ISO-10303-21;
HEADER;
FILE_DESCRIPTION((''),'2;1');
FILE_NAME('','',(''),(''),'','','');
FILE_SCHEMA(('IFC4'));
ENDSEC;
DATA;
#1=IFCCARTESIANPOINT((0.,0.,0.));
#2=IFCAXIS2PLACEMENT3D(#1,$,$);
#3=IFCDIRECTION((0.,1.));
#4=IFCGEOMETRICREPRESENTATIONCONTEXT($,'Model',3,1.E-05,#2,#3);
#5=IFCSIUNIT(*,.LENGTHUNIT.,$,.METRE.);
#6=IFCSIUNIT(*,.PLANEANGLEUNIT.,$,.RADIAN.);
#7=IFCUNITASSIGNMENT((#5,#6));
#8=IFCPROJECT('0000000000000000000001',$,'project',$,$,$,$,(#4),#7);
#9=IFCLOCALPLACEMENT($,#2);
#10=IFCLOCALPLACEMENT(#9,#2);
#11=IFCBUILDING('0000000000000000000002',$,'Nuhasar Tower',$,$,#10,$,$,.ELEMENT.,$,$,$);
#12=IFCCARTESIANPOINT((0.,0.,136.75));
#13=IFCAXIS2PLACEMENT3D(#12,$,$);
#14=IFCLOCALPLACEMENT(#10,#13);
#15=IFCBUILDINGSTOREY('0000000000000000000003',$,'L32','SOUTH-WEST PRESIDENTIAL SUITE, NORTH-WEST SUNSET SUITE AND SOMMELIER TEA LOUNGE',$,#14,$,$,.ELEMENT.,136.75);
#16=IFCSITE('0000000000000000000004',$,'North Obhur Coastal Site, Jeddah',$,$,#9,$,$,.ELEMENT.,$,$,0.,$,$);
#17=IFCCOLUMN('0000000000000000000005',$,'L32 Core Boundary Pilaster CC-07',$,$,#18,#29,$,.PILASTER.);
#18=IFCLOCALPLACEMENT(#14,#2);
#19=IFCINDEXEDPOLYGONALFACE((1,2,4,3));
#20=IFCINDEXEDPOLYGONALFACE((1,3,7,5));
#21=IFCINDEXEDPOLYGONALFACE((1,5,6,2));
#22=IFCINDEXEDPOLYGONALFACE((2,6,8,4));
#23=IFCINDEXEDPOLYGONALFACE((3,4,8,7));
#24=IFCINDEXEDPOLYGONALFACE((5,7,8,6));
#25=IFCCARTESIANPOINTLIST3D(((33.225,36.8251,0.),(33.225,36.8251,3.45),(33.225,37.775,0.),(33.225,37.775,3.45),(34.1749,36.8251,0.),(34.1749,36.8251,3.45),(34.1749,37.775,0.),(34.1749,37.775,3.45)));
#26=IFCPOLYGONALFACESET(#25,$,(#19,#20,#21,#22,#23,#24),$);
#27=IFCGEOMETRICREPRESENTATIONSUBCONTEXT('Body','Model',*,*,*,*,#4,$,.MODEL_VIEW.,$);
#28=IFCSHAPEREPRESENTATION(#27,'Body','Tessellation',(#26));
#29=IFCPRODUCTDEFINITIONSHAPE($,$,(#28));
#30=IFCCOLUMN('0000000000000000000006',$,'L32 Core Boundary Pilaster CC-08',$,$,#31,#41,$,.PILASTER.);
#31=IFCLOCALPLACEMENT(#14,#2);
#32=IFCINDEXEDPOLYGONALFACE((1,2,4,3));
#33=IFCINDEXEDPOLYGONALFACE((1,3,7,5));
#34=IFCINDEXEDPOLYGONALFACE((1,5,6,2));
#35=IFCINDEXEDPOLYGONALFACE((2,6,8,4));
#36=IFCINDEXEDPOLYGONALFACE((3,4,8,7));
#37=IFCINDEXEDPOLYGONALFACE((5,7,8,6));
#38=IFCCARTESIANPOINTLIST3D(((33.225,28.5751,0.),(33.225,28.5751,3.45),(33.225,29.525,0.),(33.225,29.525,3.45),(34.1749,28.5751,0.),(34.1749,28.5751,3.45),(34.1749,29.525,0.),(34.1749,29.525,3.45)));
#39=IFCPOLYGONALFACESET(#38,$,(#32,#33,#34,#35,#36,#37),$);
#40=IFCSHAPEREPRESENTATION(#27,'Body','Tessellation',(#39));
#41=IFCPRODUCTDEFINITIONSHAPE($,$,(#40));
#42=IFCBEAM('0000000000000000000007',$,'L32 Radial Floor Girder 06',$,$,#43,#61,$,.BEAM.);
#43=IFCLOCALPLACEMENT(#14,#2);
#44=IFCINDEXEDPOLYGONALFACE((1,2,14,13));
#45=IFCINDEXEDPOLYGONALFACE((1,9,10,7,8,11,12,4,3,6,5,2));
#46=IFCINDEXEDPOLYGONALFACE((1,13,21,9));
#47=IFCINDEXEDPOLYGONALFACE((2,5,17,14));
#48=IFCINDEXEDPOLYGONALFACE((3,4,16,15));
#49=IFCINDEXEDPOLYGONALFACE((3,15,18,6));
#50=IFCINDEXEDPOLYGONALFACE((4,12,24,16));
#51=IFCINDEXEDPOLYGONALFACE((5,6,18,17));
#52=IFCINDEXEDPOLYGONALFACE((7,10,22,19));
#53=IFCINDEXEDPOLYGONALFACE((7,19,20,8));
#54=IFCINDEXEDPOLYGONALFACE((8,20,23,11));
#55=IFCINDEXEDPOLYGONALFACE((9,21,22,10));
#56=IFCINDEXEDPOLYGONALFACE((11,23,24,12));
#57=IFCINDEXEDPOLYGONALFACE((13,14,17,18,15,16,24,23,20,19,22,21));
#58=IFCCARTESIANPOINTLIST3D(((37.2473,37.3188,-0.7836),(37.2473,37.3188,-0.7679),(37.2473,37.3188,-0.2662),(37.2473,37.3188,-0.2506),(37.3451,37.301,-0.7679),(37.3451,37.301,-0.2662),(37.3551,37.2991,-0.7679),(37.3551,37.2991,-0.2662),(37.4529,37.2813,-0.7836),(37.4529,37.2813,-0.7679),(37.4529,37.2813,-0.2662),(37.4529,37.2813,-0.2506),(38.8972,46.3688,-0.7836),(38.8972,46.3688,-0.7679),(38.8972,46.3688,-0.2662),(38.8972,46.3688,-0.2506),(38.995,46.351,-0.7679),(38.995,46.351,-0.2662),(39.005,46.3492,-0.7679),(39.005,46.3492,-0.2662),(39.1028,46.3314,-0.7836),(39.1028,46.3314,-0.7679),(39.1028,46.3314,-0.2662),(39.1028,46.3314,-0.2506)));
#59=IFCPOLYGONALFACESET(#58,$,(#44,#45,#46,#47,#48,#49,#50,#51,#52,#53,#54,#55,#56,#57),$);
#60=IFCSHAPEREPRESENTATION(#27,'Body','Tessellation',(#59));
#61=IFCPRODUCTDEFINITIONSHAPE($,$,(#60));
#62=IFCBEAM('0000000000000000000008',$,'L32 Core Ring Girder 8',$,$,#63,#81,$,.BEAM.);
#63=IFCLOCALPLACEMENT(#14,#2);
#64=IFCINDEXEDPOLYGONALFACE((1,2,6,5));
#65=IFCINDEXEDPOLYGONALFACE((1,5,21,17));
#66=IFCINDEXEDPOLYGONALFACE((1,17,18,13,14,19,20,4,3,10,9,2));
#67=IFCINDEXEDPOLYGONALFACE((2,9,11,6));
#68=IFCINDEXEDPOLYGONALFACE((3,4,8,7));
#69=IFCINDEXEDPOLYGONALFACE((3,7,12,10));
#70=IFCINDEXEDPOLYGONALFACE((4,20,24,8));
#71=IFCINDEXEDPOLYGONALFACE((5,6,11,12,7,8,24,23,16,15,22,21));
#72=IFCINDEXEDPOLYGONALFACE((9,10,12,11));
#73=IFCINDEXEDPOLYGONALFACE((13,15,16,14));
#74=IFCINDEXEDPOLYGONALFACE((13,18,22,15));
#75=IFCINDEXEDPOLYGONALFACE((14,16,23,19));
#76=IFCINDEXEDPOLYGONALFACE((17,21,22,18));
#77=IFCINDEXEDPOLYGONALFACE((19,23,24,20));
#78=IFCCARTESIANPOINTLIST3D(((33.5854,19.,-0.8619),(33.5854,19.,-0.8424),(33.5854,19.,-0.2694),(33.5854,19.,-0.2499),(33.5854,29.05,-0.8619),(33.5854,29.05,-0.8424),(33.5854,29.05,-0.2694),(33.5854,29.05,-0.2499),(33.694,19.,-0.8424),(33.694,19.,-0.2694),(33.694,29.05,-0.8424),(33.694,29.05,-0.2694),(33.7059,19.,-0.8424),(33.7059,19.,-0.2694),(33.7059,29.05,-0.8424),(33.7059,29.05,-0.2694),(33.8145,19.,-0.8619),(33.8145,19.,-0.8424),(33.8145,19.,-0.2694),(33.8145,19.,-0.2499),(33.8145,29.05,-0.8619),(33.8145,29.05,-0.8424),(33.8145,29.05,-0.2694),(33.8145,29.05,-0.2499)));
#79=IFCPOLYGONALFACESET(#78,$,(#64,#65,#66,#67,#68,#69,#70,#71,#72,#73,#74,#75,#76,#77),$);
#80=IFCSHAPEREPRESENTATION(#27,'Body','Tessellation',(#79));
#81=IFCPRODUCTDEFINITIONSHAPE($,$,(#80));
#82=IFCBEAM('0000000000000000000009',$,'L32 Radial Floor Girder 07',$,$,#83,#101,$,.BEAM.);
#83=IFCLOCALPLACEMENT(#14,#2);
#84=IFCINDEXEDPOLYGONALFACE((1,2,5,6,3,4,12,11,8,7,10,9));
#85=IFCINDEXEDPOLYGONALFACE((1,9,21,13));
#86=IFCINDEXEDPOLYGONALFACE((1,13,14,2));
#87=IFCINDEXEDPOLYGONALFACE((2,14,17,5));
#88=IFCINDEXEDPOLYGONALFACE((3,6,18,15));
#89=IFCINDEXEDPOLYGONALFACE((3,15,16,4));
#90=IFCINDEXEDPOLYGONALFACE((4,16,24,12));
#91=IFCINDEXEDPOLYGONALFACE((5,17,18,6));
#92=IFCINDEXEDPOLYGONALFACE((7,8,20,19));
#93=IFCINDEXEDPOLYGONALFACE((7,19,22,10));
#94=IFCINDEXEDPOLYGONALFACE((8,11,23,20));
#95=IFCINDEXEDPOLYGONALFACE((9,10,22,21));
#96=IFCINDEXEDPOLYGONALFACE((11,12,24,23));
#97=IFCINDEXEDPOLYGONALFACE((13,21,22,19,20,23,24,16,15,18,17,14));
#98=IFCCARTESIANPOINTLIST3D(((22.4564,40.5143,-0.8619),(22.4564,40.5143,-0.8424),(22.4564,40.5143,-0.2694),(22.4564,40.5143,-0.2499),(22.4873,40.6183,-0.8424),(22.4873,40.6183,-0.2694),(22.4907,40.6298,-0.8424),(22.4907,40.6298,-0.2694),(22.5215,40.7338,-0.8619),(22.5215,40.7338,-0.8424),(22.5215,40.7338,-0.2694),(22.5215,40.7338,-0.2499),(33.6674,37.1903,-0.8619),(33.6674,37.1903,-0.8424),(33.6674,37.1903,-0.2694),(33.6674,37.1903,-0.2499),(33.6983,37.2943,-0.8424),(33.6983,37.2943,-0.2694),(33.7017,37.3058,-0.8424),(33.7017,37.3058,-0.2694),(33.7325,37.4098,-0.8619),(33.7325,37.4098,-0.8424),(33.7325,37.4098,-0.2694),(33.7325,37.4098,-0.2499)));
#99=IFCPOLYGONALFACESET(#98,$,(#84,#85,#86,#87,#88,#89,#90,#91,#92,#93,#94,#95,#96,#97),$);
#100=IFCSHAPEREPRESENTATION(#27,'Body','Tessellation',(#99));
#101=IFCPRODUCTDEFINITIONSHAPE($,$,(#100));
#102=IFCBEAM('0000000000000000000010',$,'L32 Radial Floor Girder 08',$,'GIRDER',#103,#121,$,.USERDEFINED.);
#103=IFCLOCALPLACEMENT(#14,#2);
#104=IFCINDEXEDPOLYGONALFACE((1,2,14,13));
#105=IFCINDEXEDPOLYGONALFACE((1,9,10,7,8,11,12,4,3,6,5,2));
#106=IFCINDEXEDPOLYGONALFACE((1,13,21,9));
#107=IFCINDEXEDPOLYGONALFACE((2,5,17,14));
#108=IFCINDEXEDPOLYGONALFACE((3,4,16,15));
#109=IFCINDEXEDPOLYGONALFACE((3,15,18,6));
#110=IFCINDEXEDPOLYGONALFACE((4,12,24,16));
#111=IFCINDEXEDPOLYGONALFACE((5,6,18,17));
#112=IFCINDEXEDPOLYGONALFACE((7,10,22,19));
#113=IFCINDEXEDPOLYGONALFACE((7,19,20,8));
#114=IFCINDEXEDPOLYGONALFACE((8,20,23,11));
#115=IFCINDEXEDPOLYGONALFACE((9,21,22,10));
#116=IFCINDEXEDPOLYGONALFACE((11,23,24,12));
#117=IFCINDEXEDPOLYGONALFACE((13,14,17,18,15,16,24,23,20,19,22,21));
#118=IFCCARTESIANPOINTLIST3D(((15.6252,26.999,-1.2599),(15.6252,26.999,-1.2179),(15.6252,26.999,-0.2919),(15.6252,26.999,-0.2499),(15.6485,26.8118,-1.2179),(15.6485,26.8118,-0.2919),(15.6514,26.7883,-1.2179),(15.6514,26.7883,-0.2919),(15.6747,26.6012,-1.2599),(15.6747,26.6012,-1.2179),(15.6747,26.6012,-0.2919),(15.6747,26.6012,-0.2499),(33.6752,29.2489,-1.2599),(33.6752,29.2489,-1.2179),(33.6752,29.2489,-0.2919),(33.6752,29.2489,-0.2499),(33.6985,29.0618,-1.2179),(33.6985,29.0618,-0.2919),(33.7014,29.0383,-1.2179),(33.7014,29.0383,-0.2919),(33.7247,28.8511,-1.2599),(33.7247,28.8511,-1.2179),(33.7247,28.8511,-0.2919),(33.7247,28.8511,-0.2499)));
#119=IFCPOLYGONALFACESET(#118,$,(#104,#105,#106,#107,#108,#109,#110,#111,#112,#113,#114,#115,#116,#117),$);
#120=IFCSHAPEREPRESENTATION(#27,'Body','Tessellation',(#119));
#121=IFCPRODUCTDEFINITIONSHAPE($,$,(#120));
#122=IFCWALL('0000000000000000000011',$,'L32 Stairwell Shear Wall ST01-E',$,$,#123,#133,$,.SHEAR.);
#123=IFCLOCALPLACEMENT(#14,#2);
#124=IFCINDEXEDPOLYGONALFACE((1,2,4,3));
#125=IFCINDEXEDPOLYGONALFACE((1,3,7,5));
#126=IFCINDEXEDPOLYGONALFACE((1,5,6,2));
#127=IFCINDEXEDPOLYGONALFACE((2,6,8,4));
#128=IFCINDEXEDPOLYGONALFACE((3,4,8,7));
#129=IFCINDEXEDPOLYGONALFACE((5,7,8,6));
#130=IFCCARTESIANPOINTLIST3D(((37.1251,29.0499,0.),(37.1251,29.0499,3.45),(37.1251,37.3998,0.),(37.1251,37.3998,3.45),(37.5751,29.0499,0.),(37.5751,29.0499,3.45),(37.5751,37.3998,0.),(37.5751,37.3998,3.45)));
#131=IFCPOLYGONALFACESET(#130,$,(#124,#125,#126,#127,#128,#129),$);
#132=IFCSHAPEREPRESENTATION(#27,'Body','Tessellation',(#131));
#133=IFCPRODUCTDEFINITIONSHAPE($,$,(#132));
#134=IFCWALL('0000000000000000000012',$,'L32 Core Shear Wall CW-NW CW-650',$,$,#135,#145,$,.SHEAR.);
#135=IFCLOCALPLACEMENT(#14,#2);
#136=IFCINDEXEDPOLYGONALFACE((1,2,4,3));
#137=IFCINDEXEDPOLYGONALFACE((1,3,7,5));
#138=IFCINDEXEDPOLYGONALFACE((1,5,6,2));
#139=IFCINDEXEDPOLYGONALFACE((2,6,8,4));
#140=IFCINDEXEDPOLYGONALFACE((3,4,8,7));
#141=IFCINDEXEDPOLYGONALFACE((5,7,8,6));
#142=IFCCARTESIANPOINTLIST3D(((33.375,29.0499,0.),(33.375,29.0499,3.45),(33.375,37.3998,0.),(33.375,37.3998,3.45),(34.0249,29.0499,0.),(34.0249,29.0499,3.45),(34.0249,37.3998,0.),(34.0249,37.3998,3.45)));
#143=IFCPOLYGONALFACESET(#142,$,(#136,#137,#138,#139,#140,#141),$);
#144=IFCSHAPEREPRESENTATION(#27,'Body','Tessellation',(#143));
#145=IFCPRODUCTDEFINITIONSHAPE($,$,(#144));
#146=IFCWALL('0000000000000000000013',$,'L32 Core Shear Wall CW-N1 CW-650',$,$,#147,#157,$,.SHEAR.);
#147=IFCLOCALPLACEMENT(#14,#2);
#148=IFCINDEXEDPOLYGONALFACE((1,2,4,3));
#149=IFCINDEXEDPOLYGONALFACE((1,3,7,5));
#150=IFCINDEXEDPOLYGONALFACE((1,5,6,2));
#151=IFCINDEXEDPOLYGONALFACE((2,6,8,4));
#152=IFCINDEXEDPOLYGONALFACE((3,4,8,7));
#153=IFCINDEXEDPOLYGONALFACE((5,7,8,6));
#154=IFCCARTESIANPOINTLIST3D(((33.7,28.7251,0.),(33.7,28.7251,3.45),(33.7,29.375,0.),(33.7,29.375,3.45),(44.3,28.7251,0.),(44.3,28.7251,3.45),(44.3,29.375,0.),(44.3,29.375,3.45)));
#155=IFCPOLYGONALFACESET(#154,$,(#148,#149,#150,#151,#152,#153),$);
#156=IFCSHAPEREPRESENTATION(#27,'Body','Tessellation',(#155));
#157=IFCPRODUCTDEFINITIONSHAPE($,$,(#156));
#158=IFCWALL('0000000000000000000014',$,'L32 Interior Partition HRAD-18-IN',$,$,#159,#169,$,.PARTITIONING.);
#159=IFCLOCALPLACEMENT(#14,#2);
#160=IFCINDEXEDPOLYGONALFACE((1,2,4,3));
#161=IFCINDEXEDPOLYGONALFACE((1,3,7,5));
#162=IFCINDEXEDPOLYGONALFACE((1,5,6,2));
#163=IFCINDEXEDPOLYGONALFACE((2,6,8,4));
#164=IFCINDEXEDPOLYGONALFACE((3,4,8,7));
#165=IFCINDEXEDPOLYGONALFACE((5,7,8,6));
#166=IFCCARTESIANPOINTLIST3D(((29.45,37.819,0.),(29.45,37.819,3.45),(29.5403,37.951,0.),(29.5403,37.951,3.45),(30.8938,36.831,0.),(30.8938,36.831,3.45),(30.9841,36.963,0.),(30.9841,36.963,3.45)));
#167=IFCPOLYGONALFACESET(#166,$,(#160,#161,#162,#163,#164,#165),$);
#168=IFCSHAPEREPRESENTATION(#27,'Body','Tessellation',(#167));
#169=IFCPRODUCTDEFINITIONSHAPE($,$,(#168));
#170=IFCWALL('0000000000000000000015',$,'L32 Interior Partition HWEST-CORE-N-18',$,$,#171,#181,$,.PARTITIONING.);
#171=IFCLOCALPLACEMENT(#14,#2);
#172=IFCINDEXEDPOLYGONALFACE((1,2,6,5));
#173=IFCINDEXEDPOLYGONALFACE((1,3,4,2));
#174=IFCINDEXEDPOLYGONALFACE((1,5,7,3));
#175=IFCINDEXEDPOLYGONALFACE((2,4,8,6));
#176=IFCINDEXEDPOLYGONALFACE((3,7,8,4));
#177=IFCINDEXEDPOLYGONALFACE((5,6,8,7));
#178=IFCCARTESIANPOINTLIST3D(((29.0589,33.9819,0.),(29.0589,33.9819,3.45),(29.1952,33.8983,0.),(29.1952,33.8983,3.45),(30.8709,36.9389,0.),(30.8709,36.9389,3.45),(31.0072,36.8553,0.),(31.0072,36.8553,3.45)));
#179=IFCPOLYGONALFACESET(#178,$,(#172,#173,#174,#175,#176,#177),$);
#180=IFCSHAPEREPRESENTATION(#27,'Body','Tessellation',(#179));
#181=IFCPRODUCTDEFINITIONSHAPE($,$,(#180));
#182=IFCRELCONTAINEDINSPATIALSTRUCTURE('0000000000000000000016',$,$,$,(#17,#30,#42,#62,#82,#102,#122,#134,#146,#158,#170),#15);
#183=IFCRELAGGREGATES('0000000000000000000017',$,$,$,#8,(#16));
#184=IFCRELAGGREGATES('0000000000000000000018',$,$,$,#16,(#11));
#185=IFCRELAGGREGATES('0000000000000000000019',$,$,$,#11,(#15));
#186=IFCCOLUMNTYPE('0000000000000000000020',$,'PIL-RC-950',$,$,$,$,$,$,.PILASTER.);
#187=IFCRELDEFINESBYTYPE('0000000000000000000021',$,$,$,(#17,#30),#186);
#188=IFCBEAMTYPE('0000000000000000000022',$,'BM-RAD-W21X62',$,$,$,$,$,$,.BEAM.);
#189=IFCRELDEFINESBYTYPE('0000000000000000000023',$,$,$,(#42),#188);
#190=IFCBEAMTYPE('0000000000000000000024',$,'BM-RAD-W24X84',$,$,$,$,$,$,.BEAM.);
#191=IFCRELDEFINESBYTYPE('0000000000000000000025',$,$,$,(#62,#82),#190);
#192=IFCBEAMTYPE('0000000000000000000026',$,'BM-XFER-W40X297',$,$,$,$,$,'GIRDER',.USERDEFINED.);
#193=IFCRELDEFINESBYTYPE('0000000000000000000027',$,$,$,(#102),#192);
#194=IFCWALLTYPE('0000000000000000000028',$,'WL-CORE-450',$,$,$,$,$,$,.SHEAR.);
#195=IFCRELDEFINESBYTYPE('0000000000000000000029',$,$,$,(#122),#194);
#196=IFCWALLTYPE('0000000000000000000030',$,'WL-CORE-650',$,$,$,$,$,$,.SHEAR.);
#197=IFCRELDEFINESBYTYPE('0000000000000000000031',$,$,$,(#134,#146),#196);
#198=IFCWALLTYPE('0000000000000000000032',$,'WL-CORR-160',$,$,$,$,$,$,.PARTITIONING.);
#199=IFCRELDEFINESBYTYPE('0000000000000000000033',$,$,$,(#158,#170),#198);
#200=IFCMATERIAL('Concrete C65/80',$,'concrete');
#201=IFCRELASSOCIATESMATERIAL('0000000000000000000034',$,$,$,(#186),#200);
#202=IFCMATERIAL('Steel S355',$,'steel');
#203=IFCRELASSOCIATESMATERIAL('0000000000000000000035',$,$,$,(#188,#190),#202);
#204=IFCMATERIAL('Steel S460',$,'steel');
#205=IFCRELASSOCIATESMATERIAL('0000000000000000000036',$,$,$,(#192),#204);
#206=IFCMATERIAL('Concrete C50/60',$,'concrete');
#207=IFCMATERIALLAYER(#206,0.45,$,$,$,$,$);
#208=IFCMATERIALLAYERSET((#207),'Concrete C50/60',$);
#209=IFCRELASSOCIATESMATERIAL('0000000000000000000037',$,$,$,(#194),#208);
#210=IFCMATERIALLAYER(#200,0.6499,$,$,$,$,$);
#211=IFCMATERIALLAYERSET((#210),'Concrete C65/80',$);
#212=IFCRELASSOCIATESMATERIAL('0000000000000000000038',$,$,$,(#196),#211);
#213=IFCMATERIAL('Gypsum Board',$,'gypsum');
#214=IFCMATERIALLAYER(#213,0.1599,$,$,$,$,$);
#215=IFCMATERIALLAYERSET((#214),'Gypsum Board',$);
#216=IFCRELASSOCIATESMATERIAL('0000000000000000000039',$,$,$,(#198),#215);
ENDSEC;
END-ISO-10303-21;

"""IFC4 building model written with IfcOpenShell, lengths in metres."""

from ifc_helpers import new_model, si_unit, direction, frame, frame_2d, origin, origin_2d, place, context, subcontext, project, spatial, rectangle, i_section, extrude, material, layer, layer_set, material_profile, profile_set, type_object, element, save


model = new_model("IFC4")

# Units and contexts
model_context = context("Model", 3, precision=1e-05, world=origin(), true_north=direction((0.0, 1.0)))
body_context = subcontext(model_context, "Body", "Model", "MODEL_VIEW")
ifc_project = project(units=[si_unit("LENGTHUNIT", "METRE"), si_unit("PLANEANGLEUNIT", "RADIAN")], contexts=[model_context])

# Site, building, storey
site_placement = place(None, origin())
site = spatial("IfcSite", under=ifc_project, at=site_placement, Name="North Obhur Coastal Site, Jeddah", CompositionType="ELEMENT", RefElevation=0.0)
building_placement = place(site_placement, origin())
building = spatial("IfcBuilding", under=site, at=building_placement, Name="Nuhasar Tower", CompositionType="ELEMENT")
storey_placement = place(building_placement, frame((0.0, 0.0, 136.75)))
storey = spatial("IfcBuildingStorey", under=building, at=storey_placement, Name="L32", Description="SOUTH-WEST PRESIDENTIAL SUITE, NORTH-WEST SUNSET SUITE AND SOMMELIER TEA LOUNGE", CompositionType="ELEMENT", Elevation=136.75)

# Columns
ifc_material_1 = material(Name="Concrete C65/80", Category="concrete")
ifc_material_profile_1 = material_profile(ifc_material_1, rectangle(XDim=0.95, YDim=0.95, at=origin_2d()), Name="RC950X950")
ifc_profile_set_1 = profile_set([ifc_material_profile_1], Name="Concrete C65/80")
column_type = type_object("IfcColumnType", Name="PIL-RC-950", PredefinedType="PILASTER", material=ifc_profile_set_1)
for number, where, z_axis, x_axis, name in (
    (1, (33.7, 37.3, 0.0), (0.0, 0.0, 1.0), (1.0, 0.0, 0.0), "L32 Core Boundary Pilaster CC-07"),
    (2, (33.7, 29.05, 0.0), (0.0, 0.0, 1.0), (1.0, 0.0, 0.0), "L32 Core Boundary Pilaster CC-08"),
):
    element("IfcColumn", number, at=place(storey_placement, frame(where, z_axis=z_axis, x_axis=x_axis)), inside=storey, type_object=column_type, Name=name, PredefinedType="PILASTER", context=body_context, shape_type="SweptSolid", body=[
        extrude(rectangle(XDim=0.95, YDim=0.95, at=origin_2d()), origin(), (0.0, 0.0, 1.0), 3.45),
    ])

# Beams
ifc_material_2 = material(Name="Steel S355", Category="steel")
ifc_material_profile_2 = material_profile(ifc_material_2, i_section(OverallWidth=0.209, OverallDepth=0.533, WebThickness=0.0103, FlangeThickness=0.0156, at=origin_2d()), Name="W21X62")
ifc_profile_set_2 = profile_set([ifc_material_profile_2], Name="Steel S355")
beam_type_1 = type_object("IfcBeamType", Name="BM-RAD-W21X62", PredefinedType="BEAM", material=ifc_profile_set_2)
beam_1_placement = place(storey_placement, frame((37.3501, 37.3, -0.5171), z_axis=(0.179353, 0.983785, 0.0), x_axis=(-0.983785, 0.179353, 0.0)))
element("IfcBeam", 3, at=beam_1_placement, inside=storey, type_object=beam_type_1, Name="L32 Radial Floor Girder 06", PredefinedType="BEAM", context=body_context, shape_type="SweptSolid", body=[
    extrude(i_section(OverallWidth=0.209, OverallDepth=0.533, WebThickness=0.0103, FlangeThickness=0.0156, at=origin_2d()), origin(), (0.0, 0.0, 1.0), 9.1992),
])
ifc_material_profile_3 = material_profile(ifc_material_2, i_section(OverallWidth=0.229, OverallDepth=0.6121, WebThickness=0.012, FlangeThickness=0.0195, at=origin_2d()), Name="W24X84")
ifc_profile_set_3 = profile_set([ifc_material_profile_3], Name="Steel S355")
beam_type_2 = type_object("IfcBeamType", Name="BM-RAD-W24X84", PredefinedType="BEAM", material=ifc_profile_set_3)
beam_2_placement = place(storey_placement, frame((33.7, 29.05, -0.5559), z_axis=(0.0, -1.0, 0.0), x_axis=(1.0, 0.0, 0.0)))
element("IfcBeam", 4, at=beam_2_placement, inside=storey, type_object=beam_type_2, Name="L32 Core Ring Girder 8", PredefinedType="BEAM", context=body_context, shape_type="SweptSolid", body=[
    extrude(i_section(OverallWidth=0.229, OverallDepth=0.6121, WebThickness=0.012, FlangeThickness=0.0195, at=origin_2d()), origin(), (0.0, 0.0, 1.0), 10.05),
])
beam_3_placement = place(storey_placement, frame((33.7, 37.3, -0.5559), z_axis=(-0.958746, 0.284262, 0.0), x_axis=(-0.284262, -0.958746, 0.0)))
element("IfcBeam", 5, at=beam_3_placement, inside=storey, type_object=beam_type_2, Name="L32 Radial Floor Girder 07", PredefinedType="BEAM", context=body_context, shape_type="SweptSolid", body=[
    extrude(i_section(OverallWidth=0.229, OverallDepth=0.6121, WebThickness=0.012, FlangeThickness=0.0195, at=origin_2d()), origin(), (0.0, 0.0, 1.0), 11.6934),
])
ifc_material_3 = material(Name="Steel S460", Category="steel")
ifc_material_profile_4 = material_profile(ifc_material_3, i_section(OverallWidth=0.4009, OverallDepth=1.01, WebThickness=0.0237, FlangeThickness=0.042, at=origin_2d()), Name="W40X297")
ifc_profile_set_4 = profile_set([ifc_material_profile_4], Name="Steel S460")
beam_type_3 = type_object("IfcBeamType", Name="BM-XFER-W40X297", ElementType="GIRDER", PredefinedType="USERDEFINED", material=ifc_profile_set_4)
beam_4_placement = place(storey_placement, frame((33.7, 29.05, -0.7549), z_axis=(-0.99232, -0.123696, 0.0), x_axis=(0.123696, -0.99232, 0.0)))
element("IfcBeam", 6, at=beam_4_placement, inside=storey, type_object=beam_type_3, Name="L32 Radial Floor Girder 08", ObjectType="GIRDER", PredefinedType="USERDEFINED", context=body_context, shape_type="SweptSolid", body=[
    extrude(i_section(OverallWidth=0.4009, OverallDepth=1.01, WebThickness=0.0237, FlangeThickness=0.042, at=origin_2d()), origin(), (0.0, 0.0, 1.0), 18.1897),
])

# Walls
ifc_material_4 = material(Name="Concrete C50/60", Category="concrete")
ifc_layer_1 = layer(ifc_material_4, 0.45)
ifc_layer_set_1 = layer_set([ifc_layer_1], Name="Concrete C50/60")
wall_type_1 = type_object("IfcWallType", Name="WL-CORE-450", PredefinedType="SHEAR", material=ifc_layer_set_1)
wall_1_placement = place(storey_placement, frame((37.3501, 29.05, 0.0), z_axis=(0.0, 0.0, 1.0), x_axis=(0.0, 1.0, 0.0)))
element("IfcWall", 7, at=wall_1_placement, inside=storey, type_object=wall_type_1, Name="L32 Stairwell Shear Wall ST01-E", PredefinedType="SHEAR", context=body_context, shape_type="SweptSolid", body=[
    extrude(rectangle(XDim=8.3499, YDim=0.45, at=frame_2d((4.1748, 0.0))), origin(), (0.0, 0.0, 1.0), 3.45),
])
ifc_layer_2 = layer(ifc_material_1, 0.6499)
ifc_layer_set_2 = layer_set([ifc_layer_2], Name="Concrete C65/80")
wall_type_2 = type_object("IfcWallType", Name="WL-CORE-650", PredefinedType="SHEAR", material=ifc_layer_set_2)
wall_2_placement = place(storey_placement, frame((33.7, 29.05, 0.0), z_axis=(0.0, 0.0, 1.0), x_axis=(0.0, 1.0, 0.0)))
element("IfcWall", 8, at=wall_2_placement, inside=storey, type_object=wall_type_2, Name="L32 Core Shear Wall CW-NW CW-650", PredefinedType="SHEAR", context=body_context, shape_type="SweptSolid", body=[
    extrude(rectangle(XDim=8.3499, YDim=0.6499, at=frame_2d((4.1748, 0.0))), origin(), (0.0, 0.0, 1.0), 3.45),
])
wall_3_placement = place(storey_placement, frame((33.7, 29.05, 0.0), z_axis=(0.0, 0.0, 1.0), x_axis=(1.0, 0.0, 0.0)))
element("IfcWall", 9, at=wall_3_placement, inside=storey, type_object=wall_type_2, Name="L32 Core Shear Wall CW-N1 CW-650", PredefinedType="SHEAR", context=body_context, shape_type="SweptSolid", body=[
    extrude(rectangle(XDim=10.6001, YDim=0.6499, at=frame_2d((5.3, 0.0))), origin(), (0.0, 0.0, 1.0), 3.45),
])
ifc_material_5 = material(Name="Gypsum Board", Category="gypsum")
ifc_layer_3 = layer(ifc_material_5, 0.1599)
ifc_layer_set_3 = layer_set([ifc_layer_3], Name="Gypsum Board")
wall_type_3 = type_object("IfcWallType", Name="WL-CORR-160", PredefinedType="PARTITIONING", material=ifc_layer_set_3)
wall_4_placement = place(storey_placement, frame((30.939, 36.897, 0.0), z_axis=(0.0, 0.0, 1.0), x_axis=(-0.82527, 0.564739, 0.0)))
element("IfcWall", 10, at=wall_4_placement, inside=storey, type_object=wall_type_3, Name="L32 Interior Partition HRAD-18-IN", PredefinedType="PARTITIONING", context=body_context, shape_type="SweptSolid", body=[
    extrude(rectangle(XDim=1.7495, YDim=0.1599, at=frame_2d((0.8748, 0.0))), origin(), (0.0, 0.0, 1.0), 3.45),
])
wall_5_placement = place(storey_placement, frame((30.939, 36.897, 0.0), z_axis=(0.0, 0.0, 1.0), x_axis=(-0.522486, -0.852648, 0.0)))
element("IfcWall", 11, at=wall_5_placement, inside=storey, type_object=wall_type_3, Name="L32 Interior Partition HWEST-CORE-N-18", PredefinedType="PARTITIONING", context=body_context, shape_type="SweptSolid", body=[
    extrude(rectangle(XDim=3.468, YDim=0.1599, at=frame_2d((1.7339, 0.0))), origin(), (0.0, 0.0, 1.0), 3.45),
])

save(model, "model.ifc")
